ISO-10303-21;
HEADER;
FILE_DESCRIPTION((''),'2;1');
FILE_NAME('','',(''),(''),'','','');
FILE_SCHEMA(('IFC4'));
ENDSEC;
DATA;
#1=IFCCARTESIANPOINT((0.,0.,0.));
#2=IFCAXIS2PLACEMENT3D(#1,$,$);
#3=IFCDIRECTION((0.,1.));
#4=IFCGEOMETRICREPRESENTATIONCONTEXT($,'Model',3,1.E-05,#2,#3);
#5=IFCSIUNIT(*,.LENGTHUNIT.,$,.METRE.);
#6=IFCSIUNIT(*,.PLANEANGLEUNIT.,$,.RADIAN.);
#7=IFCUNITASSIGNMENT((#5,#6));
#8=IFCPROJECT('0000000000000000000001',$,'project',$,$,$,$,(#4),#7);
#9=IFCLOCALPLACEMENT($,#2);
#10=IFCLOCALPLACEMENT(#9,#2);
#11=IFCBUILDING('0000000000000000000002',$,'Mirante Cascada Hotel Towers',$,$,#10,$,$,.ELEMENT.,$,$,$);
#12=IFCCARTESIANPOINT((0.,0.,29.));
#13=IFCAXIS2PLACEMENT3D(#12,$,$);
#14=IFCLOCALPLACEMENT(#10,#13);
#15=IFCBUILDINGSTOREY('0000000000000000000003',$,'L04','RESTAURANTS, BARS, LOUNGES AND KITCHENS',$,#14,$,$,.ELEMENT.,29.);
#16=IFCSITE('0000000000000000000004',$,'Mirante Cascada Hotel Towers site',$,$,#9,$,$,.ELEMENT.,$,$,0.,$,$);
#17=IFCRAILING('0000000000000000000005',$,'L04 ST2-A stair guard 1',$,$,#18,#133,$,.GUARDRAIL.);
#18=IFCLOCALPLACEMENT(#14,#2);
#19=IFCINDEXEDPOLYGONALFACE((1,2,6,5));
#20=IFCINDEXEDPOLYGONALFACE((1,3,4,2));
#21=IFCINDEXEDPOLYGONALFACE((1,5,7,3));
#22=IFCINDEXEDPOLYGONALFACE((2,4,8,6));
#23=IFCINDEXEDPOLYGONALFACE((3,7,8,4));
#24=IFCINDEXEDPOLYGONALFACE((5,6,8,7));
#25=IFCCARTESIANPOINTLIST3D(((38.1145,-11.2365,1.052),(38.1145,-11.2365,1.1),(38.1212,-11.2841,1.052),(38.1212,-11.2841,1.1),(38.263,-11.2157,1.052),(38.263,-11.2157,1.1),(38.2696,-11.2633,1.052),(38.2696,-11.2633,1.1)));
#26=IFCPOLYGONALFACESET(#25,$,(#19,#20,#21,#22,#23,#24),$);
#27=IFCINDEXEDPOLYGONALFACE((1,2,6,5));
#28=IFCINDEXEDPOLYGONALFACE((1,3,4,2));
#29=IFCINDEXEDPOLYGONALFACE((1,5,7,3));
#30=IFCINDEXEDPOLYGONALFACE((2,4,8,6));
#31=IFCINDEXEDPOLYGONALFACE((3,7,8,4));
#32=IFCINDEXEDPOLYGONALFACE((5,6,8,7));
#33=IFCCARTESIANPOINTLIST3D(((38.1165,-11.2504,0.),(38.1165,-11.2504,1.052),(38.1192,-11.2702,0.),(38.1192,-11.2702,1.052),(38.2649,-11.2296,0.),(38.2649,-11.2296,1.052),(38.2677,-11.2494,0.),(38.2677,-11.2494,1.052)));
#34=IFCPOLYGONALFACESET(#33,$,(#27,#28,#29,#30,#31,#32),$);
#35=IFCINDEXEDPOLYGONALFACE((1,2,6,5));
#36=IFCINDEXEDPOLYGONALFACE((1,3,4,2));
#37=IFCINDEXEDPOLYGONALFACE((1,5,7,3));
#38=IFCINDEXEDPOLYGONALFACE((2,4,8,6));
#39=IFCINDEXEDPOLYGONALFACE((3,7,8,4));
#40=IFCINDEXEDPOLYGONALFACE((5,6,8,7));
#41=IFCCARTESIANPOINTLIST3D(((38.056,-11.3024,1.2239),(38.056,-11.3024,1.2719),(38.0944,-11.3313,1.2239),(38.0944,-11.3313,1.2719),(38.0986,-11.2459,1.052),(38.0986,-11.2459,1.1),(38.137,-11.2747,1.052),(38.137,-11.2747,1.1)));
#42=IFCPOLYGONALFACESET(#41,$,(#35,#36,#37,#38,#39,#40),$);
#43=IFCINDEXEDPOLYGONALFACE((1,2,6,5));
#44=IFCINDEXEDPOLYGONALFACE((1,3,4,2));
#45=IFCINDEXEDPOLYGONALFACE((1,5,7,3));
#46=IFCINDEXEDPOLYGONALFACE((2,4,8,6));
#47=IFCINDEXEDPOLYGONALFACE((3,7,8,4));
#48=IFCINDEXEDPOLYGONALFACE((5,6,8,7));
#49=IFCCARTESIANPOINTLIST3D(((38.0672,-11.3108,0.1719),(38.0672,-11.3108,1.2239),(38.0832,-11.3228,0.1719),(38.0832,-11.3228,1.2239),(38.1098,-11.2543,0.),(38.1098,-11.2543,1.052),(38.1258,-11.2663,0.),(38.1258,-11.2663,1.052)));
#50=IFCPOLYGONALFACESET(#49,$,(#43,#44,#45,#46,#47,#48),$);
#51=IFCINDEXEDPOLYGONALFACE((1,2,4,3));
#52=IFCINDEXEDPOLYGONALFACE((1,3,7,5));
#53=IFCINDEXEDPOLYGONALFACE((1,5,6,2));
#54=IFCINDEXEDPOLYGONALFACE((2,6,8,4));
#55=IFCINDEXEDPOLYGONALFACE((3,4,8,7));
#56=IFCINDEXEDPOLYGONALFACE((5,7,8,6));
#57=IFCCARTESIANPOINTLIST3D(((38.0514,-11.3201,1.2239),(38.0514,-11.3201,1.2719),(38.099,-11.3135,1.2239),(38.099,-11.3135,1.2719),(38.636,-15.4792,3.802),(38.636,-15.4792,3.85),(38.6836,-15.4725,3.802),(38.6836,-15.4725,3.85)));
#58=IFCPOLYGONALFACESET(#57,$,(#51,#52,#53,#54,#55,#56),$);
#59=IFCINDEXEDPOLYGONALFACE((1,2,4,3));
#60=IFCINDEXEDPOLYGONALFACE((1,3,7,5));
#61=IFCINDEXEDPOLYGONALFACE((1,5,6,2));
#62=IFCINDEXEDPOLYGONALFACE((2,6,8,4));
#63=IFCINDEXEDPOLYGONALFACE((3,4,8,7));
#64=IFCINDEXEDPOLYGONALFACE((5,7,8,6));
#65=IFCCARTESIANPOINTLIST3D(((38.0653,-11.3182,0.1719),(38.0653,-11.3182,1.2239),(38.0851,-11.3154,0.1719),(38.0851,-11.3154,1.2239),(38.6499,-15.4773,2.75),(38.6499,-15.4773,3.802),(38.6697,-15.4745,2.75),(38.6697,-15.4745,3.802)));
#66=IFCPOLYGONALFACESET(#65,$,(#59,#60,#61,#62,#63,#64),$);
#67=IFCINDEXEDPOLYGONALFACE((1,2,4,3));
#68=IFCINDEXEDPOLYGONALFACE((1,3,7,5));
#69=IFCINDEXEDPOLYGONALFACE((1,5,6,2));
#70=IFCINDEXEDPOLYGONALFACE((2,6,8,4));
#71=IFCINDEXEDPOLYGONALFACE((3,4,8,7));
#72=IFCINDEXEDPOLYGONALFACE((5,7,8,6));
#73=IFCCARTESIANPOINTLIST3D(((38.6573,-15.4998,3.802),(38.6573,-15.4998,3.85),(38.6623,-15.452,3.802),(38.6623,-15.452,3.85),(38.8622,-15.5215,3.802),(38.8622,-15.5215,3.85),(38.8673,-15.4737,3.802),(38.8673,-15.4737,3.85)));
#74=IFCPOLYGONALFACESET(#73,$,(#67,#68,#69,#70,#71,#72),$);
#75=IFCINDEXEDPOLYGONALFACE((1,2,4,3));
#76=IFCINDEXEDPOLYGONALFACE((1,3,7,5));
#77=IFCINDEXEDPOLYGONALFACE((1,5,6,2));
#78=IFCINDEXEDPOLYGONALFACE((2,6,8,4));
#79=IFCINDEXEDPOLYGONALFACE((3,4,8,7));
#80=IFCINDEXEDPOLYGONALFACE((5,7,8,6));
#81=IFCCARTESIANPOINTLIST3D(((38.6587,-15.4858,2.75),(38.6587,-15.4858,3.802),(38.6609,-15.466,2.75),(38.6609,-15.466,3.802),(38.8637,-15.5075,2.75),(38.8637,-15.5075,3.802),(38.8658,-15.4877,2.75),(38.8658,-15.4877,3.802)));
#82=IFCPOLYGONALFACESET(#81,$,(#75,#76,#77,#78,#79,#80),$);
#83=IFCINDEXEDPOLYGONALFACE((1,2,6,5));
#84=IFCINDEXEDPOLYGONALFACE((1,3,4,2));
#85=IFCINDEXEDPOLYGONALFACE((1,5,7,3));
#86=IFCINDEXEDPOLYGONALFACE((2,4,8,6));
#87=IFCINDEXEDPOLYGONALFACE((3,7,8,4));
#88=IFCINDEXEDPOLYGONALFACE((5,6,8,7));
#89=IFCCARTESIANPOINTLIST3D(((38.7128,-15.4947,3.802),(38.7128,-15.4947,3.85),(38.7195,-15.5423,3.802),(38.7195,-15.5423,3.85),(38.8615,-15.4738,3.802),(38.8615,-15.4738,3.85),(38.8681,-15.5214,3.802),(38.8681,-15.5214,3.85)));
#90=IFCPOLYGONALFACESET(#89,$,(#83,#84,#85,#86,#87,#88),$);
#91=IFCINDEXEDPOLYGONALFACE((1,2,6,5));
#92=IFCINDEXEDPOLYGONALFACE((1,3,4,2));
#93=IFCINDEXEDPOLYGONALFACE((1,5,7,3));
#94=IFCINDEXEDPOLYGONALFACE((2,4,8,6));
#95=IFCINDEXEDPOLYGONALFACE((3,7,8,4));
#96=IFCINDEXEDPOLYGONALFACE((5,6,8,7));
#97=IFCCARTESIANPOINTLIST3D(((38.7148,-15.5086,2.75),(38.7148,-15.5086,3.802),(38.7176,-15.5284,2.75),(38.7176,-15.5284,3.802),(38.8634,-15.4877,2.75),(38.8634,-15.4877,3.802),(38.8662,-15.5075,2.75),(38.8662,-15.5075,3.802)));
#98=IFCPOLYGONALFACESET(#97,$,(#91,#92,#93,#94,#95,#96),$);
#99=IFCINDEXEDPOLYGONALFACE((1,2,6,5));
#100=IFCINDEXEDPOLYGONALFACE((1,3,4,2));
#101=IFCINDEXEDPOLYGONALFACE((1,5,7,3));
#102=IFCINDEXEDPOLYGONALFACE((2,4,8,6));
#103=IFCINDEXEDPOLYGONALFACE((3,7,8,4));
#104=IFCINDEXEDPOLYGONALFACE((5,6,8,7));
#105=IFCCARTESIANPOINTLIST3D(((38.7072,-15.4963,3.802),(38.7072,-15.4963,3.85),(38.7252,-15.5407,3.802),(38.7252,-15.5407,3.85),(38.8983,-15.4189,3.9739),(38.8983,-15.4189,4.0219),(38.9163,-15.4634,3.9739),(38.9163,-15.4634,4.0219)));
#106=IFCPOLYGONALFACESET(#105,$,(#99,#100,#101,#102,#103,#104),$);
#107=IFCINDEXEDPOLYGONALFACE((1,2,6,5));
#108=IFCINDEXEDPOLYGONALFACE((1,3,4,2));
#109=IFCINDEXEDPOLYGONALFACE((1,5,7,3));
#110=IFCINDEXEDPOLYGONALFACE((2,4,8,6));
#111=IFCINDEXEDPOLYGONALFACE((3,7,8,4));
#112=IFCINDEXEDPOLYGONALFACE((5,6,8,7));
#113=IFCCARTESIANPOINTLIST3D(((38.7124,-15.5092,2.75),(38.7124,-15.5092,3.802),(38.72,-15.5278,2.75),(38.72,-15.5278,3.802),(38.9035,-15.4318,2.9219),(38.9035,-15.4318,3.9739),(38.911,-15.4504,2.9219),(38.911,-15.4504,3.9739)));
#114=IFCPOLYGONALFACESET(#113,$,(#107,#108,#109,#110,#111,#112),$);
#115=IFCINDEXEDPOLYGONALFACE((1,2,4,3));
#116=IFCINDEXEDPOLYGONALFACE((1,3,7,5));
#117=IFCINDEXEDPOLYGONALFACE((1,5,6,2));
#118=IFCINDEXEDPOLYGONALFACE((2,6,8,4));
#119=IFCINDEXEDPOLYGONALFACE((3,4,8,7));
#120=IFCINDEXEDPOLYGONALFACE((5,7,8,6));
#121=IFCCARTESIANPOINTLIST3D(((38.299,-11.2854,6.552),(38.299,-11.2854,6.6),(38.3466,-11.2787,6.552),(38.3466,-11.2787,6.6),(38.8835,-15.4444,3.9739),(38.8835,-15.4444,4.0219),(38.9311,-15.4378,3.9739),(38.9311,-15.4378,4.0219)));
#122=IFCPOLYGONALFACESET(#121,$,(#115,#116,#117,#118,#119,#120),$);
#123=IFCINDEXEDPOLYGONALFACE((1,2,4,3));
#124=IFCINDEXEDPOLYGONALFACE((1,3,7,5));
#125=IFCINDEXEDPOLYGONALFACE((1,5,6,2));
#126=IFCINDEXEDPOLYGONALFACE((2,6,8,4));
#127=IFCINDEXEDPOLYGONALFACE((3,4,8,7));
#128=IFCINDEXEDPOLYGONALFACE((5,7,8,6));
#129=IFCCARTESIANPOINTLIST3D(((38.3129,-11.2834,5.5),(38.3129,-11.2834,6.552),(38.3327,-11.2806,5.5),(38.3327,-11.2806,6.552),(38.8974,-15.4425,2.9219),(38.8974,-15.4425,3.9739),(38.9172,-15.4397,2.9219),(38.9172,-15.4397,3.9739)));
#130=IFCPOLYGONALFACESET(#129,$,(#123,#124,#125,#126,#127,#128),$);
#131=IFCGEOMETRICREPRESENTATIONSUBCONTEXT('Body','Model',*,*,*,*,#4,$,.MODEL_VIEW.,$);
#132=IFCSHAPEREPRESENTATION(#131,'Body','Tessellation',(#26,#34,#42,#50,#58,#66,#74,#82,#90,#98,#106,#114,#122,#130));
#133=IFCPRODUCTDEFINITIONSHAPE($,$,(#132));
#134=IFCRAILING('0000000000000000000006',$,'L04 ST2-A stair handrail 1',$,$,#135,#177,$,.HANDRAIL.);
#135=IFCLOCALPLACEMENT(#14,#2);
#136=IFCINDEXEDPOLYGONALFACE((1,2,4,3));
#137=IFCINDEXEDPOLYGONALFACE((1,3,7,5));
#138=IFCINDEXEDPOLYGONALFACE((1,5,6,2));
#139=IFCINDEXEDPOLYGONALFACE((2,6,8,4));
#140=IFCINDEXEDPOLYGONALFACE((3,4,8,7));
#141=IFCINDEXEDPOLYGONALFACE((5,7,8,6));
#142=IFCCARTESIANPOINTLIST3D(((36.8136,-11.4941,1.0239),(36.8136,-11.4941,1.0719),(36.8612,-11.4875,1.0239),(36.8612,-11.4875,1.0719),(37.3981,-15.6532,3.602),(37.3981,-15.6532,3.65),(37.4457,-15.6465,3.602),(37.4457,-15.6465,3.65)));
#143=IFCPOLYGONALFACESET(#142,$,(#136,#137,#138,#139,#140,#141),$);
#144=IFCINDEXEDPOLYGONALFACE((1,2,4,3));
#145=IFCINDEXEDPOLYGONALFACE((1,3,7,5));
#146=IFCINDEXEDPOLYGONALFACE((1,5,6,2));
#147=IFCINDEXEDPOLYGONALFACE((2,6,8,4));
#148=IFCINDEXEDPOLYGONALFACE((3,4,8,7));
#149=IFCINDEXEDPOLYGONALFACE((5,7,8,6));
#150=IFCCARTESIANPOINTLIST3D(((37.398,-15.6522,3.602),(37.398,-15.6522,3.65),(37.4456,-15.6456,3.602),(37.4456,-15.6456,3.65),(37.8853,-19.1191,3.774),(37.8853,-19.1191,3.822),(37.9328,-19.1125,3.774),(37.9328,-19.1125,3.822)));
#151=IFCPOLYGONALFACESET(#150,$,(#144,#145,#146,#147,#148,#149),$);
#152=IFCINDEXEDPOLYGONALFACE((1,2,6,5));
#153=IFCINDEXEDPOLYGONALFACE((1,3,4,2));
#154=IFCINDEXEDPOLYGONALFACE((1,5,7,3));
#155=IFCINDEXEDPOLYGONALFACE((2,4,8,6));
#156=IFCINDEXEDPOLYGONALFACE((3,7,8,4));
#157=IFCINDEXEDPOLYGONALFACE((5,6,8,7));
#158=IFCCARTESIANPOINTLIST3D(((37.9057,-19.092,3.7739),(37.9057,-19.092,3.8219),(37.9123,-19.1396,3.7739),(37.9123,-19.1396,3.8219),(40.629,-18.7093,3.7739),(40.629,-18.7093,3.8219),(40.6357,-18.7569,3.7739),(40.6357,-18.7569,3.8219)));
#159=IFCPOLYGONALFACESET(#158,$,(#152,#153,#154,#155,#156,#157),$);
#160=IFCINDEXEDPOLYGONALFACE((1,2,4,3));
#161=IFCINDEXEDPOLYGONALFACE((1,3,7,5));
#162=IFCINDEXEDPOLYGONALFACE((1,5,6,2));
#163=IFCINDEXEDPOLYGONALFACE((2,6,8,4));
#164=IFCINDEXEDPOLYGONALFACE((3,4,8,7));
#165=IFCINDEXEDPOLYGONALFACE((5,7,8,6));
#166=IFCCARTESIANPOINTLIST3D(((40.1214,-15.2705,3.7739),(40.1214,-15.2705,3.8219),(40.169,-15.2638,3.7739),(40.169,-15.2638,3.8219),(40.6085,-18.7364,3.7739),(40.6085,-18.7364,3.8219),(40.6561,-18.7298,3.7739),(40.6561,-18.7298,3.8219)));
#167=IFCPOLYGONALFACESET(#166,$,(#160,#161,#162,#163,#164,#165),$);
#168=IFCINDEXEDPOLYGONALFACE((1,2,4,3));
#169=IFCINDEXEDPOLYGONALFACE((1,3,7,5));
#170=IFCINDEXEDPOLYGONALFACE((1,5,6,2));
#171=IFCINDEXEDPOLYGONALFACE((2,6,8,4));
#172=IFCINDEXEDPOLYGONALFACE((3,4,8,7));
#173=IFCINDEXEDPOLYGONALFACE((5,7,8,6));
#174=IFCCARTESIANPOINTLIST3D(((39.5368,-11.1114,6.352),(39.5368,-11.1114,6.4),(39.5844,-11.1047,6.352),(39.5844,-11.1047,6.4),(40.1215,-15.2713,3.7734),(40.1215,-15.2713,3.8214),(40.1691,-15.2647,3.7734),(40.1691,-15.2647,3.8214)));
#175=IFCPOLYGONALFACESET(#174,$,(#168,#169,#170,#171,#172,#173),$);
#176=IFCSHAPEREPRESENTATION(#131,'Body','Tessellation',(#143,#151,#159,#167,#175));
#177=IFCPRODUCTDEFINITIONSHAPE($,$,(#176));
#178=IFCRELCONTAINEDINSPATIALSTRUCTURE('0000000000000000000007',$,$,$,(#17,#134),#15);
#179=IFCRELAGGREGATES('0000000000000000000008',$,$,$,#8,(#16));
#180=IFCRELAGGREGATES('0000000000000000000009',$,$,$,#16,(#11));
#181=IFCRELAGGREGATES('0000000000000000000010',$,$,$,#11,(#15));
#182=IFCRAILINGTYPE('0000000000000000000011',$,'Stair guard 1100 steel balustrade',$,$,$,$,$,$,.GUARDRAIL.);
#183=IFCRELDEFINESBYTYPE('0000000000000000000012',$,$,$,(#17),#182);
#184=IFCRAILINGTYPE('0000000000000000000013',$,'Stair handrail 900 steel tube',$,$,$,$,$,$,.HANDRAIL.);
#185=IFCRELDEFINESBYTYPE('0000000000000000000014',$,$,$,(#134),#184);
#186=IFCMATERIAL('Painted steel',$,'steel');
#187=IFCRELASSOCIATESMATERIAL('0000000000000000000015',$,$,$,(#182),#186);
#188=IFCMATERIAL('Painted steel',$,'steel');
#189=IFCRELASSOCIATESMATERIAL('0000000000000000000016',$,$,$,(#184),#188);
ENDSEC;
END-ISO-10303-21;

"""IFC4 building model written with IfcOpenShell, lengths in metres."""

from ifc_helpers import new_model, si_unit, direction, frame, origin, origin_2d, place, context, subcontext, project, spatial, rectangle, extrude, material, type_object, element, save


model = new_model("IFC4")

# Units and contexts
model_context = context("Model", 3, precision=1e-05, world=origin(), true_north=direction((0.0, 1.0)))
body_context = subcontext(model_context, "Body", "Model", "MODEL_VIEW")
ifc_project = project(units=[si_unit("LENGTHUNIT", "METRE"), si_unit("PLANEANGLEUNIT", "RADIAN")], contexts=[model_context])

# Site, building, storey
site_placement = place(None, origin())
site = spatial("IfcSite", under=ifc_project, at=site_placement, Name="Mirante Cascada Hotel Towers site", CompositionType="ELEMENT", RefElevation=0.0)
building_placement = place(site_placement, origin())
building = spatial("IfcBuilding", under=site, at=building_placement, Name="Mirante Cascada Hotel Towers", CompositionType="ELEMENT")
storey_placement = place(building_placement, frame((0.0, 0.0, 29.0)))
storey = spatial("IfcBuildingStorey", under=building, at=storey_placement, Name="L04", Description="RESTAURANTS, BARS, LOUNGES AND KITCHENS", CompositionType="ELEMENT", Elevation=29.0)

# Railings
ifc_material_1 = material(Name="Painted steel", Category="steel")
railing_type_1 = type_object("IfcRailingType", Name="Stair guard 1100 steel balustrade", PredefinedType="GUARDRAIL", material=ifc_material_1)
railing_1_placement = place(storey_placement, frame((38.2663, -11.2395, 0.0)))
element("IfcRailing", 1, at=railing_1_placement, inside=storey, type_object=railing_type_1, Name="L04 ST2-A stair guard 1", PredefinedType="GUARDRAIL", context=body_context, shape_type="SweptSolid", body=[
    extrude(rectangle(XDim=0.048, YDim=0.048, at=origin_2d()), frame((0.0, 0.0, 1.076), z_axis=(-0.990333, -0.138713, 0.0), x_axis=(0.138713, -0.990333, 0.0)), (0.0, 0.0, 1.0), 0.1499),
    extrude(rectangle(XDim=0.02, YDim=1.052, at=origin_2d()), frame((0.0, 0.0, 0.526), z_axis=(-0.990333, -0.138713, 0.0), x_axis=(0.138713, -0.990333, 0.0)), (0.0, 0.0, 1.0), 0.1499),
    extrude(rectangle(XDim=0.048, YDim=0.048, at=origin_2d()), frame((-0.1485, -0.0208, 1.076), z_axis=(-0.602033, -0.798471, 0.0), x_axis=(0.798471, -0.602033, 0.0)), (0.0, 0.92472, 0.380648), 0.1859),
    extrude(rectangle(XDim=0.02, YDim=1.052, at=origin_2d()), frame((-0.1485, -0.0208, 0.526), z_axis=(-0.602033, -0.798471, 0.0), x_axis=(0.798471, -0.602033, 0.0)), (0.0, 0.92472, 0.380648), 0.1859),
    extrude(rectangle(XDim=0.048, YDim=0.048, at=origin_2d()), frame((-0.1911, -0.0773, 1.2479), z_axis=(0.139191, -0.990266, 0.0), x_axis=(0.990266, 0.139191, 0.0)), (0.0, 0.52314, 0.852247), 4.9281),
    extrude(rectangle(XDim=0.02, YDim=1.052, at=origin_2d()), frame((-0.1911, -0.0773, 0.6979), z_axis=(0.139191, -0.990266, 0.0), x_axis=(0.990266, 0.139191, 0.0)), (0.0, 0.52314, 0.852247), 4.9281),
    extrude(rectangle(XDim=0.048, YDim=0.048, at=origin_2d()), frame((0.3935, -4.2364, 3.826), z_axis=(0.994444, -0.105266, 0.0), x_axis=(0.105266, 0.994444, 0.0)), (0.0, 0.0, 1.0), 0.2061),
    extrude(rectangle(XDim=0.02, YDim=1.052, at=origin_2d()), frame((0.3935, -4.2364, 3.276), z_axis=(0.994444, -0.105266, 0.0), x_axis=(0.105266, 0.994444, 0.0)), (0.0, 0.0, 1.0), 0.2061),
    extrude(rectangle(XDim=0.048, YDim=0.048, at=origin_2d()), frame((0.5985, -4.2581, 3.826), z_axis=(-0.990254, -0.139275, 0.0), x_axis=(0.139275, -0.990254, 0.0)), (0.0, 0.0, 1.0), 0.1501),
    extrude(rectangle(XDim=0.02, YDim=1.052, at=origin_2d()), frame((0.5985, -4.2581, 3.276), z_axis=(-0.990254, -0.139275, 0.0), x_axis=(0.139275, -0.990254, 0.0)), (0.0, 0.0, 1.0), 0.1501),
    extrude(rectangle(XDim=0.048, YDim=0.048, at=origin_2d()), frame((0.4499, -4.279, 3.826), z_axis=(0.926862, 0.375401, 0.0), x_axis=(-0.375401, 0.926862, 0.0)), (0.0, 0.640369, 0.768068), 0.2684),
    extrude(rectangle(XDim=0.02, YDim=1.052, at=origin_2d()), frame((0.4499, -4.279, 3.276), z_axis=(0.926862, 0.375401, 0.0), x_axis=(-0.375401, 0.926862, 0.0)), (0.0, 0.640369, 0.768068), 0.2684),
    extrude(rectangle(XDim=0.048, YDim=0.048, at=origin_2d()), frame((0.641, -4.2016, 3.9979), z_axis=(-0.139168, 0.990269, 0.0), x_axis=(-0.990269, -0.139168, 0.0)), (0.0, 0.523141, 0.852246), 4.9281),
    extrude(rectangle(XDim=0.02, YDim=1.052, at=origin_2d()), frame((0.641, -4.2016, 3.4479), z_axis=(-0.139168, 0.990269, 0.0), x_axis=(-0.990269, -0.139168, 0.0)), (0.0, 0.523141, 0.852246), 4.9281),
])
ifc_material_2 = material(Name="Painted steel", Category="steel")
railing_type_2 = type_object("IfcRailingType", Name="Stair handrail 900 steel tube", PredefinedType="HANDRAIL", material=ifc_material_2)
railing_2_placement = place(storey_placement, frame((36.8374, -11.4908, 0.1719)))
element("IfcRailing", 2, at=railing_2_placement, inside=storey, type_object=railing_type_2, Name="L04 ST2-A stair handrail 1", PredefinedType="HANDRAIL", context=body_context, shape_type="SweptSolid", body=[
    extrude(rectangle(XDim=0.048, YDim=0.048, at=origin_2d()), frame((0.0, 0.0, 0.876), z_axis=(0.139168, -0.990269, 0.0), x_axis=(0.990269, 0.139168, 0.0)), (0.0, 0.523141, 0.852246), 4.9281),
    extrude(rectangle(XDim=0.048, YDim=0.048, at=origin_2d()), frame((0.5844, -4.1581, 3.4541), z_axis=(0.139173, -0.990268, 0.0), x_axis=(0.990268, 0.139173, 0.0)), (0.0, 0.049056, 0.998796), 3.5052),
    extrude(rectangle(XDim=0.048, YDim=0.048, at=origin_2d()), frame((1.0716, -7.625, 3.626), z_axis=(0.99027, 0.139161, 0.0), x_axis=(-0.139161, 0.99027, 0.0)), (0.0, 0.0, 1.0), 2.7501),
    extrude(rectangle(XDim=0.048, YDim=0.048, at=origin_2d()), frame((3.7949, -7.2423, 3.626), z_axis=(-0.139173, 0.990268, 0.0), x_axis=(-0.990268, -0.139173, 0.0)), (0.0, 0.0, 1.0), 3.5),
    extrude(rectangle(XDim=0.048, YDim=0.048, at=origin_2d()), frame((3.3079, -3.7772, 3.6255), z_axis=(-0.139191, 0.990266, 0.0), x_axis=(-0.990266, -0.139191, 0.0)), (0.0, 0.52314, 0.852247), 4.9291),
])

save(model, "model.ifc")
